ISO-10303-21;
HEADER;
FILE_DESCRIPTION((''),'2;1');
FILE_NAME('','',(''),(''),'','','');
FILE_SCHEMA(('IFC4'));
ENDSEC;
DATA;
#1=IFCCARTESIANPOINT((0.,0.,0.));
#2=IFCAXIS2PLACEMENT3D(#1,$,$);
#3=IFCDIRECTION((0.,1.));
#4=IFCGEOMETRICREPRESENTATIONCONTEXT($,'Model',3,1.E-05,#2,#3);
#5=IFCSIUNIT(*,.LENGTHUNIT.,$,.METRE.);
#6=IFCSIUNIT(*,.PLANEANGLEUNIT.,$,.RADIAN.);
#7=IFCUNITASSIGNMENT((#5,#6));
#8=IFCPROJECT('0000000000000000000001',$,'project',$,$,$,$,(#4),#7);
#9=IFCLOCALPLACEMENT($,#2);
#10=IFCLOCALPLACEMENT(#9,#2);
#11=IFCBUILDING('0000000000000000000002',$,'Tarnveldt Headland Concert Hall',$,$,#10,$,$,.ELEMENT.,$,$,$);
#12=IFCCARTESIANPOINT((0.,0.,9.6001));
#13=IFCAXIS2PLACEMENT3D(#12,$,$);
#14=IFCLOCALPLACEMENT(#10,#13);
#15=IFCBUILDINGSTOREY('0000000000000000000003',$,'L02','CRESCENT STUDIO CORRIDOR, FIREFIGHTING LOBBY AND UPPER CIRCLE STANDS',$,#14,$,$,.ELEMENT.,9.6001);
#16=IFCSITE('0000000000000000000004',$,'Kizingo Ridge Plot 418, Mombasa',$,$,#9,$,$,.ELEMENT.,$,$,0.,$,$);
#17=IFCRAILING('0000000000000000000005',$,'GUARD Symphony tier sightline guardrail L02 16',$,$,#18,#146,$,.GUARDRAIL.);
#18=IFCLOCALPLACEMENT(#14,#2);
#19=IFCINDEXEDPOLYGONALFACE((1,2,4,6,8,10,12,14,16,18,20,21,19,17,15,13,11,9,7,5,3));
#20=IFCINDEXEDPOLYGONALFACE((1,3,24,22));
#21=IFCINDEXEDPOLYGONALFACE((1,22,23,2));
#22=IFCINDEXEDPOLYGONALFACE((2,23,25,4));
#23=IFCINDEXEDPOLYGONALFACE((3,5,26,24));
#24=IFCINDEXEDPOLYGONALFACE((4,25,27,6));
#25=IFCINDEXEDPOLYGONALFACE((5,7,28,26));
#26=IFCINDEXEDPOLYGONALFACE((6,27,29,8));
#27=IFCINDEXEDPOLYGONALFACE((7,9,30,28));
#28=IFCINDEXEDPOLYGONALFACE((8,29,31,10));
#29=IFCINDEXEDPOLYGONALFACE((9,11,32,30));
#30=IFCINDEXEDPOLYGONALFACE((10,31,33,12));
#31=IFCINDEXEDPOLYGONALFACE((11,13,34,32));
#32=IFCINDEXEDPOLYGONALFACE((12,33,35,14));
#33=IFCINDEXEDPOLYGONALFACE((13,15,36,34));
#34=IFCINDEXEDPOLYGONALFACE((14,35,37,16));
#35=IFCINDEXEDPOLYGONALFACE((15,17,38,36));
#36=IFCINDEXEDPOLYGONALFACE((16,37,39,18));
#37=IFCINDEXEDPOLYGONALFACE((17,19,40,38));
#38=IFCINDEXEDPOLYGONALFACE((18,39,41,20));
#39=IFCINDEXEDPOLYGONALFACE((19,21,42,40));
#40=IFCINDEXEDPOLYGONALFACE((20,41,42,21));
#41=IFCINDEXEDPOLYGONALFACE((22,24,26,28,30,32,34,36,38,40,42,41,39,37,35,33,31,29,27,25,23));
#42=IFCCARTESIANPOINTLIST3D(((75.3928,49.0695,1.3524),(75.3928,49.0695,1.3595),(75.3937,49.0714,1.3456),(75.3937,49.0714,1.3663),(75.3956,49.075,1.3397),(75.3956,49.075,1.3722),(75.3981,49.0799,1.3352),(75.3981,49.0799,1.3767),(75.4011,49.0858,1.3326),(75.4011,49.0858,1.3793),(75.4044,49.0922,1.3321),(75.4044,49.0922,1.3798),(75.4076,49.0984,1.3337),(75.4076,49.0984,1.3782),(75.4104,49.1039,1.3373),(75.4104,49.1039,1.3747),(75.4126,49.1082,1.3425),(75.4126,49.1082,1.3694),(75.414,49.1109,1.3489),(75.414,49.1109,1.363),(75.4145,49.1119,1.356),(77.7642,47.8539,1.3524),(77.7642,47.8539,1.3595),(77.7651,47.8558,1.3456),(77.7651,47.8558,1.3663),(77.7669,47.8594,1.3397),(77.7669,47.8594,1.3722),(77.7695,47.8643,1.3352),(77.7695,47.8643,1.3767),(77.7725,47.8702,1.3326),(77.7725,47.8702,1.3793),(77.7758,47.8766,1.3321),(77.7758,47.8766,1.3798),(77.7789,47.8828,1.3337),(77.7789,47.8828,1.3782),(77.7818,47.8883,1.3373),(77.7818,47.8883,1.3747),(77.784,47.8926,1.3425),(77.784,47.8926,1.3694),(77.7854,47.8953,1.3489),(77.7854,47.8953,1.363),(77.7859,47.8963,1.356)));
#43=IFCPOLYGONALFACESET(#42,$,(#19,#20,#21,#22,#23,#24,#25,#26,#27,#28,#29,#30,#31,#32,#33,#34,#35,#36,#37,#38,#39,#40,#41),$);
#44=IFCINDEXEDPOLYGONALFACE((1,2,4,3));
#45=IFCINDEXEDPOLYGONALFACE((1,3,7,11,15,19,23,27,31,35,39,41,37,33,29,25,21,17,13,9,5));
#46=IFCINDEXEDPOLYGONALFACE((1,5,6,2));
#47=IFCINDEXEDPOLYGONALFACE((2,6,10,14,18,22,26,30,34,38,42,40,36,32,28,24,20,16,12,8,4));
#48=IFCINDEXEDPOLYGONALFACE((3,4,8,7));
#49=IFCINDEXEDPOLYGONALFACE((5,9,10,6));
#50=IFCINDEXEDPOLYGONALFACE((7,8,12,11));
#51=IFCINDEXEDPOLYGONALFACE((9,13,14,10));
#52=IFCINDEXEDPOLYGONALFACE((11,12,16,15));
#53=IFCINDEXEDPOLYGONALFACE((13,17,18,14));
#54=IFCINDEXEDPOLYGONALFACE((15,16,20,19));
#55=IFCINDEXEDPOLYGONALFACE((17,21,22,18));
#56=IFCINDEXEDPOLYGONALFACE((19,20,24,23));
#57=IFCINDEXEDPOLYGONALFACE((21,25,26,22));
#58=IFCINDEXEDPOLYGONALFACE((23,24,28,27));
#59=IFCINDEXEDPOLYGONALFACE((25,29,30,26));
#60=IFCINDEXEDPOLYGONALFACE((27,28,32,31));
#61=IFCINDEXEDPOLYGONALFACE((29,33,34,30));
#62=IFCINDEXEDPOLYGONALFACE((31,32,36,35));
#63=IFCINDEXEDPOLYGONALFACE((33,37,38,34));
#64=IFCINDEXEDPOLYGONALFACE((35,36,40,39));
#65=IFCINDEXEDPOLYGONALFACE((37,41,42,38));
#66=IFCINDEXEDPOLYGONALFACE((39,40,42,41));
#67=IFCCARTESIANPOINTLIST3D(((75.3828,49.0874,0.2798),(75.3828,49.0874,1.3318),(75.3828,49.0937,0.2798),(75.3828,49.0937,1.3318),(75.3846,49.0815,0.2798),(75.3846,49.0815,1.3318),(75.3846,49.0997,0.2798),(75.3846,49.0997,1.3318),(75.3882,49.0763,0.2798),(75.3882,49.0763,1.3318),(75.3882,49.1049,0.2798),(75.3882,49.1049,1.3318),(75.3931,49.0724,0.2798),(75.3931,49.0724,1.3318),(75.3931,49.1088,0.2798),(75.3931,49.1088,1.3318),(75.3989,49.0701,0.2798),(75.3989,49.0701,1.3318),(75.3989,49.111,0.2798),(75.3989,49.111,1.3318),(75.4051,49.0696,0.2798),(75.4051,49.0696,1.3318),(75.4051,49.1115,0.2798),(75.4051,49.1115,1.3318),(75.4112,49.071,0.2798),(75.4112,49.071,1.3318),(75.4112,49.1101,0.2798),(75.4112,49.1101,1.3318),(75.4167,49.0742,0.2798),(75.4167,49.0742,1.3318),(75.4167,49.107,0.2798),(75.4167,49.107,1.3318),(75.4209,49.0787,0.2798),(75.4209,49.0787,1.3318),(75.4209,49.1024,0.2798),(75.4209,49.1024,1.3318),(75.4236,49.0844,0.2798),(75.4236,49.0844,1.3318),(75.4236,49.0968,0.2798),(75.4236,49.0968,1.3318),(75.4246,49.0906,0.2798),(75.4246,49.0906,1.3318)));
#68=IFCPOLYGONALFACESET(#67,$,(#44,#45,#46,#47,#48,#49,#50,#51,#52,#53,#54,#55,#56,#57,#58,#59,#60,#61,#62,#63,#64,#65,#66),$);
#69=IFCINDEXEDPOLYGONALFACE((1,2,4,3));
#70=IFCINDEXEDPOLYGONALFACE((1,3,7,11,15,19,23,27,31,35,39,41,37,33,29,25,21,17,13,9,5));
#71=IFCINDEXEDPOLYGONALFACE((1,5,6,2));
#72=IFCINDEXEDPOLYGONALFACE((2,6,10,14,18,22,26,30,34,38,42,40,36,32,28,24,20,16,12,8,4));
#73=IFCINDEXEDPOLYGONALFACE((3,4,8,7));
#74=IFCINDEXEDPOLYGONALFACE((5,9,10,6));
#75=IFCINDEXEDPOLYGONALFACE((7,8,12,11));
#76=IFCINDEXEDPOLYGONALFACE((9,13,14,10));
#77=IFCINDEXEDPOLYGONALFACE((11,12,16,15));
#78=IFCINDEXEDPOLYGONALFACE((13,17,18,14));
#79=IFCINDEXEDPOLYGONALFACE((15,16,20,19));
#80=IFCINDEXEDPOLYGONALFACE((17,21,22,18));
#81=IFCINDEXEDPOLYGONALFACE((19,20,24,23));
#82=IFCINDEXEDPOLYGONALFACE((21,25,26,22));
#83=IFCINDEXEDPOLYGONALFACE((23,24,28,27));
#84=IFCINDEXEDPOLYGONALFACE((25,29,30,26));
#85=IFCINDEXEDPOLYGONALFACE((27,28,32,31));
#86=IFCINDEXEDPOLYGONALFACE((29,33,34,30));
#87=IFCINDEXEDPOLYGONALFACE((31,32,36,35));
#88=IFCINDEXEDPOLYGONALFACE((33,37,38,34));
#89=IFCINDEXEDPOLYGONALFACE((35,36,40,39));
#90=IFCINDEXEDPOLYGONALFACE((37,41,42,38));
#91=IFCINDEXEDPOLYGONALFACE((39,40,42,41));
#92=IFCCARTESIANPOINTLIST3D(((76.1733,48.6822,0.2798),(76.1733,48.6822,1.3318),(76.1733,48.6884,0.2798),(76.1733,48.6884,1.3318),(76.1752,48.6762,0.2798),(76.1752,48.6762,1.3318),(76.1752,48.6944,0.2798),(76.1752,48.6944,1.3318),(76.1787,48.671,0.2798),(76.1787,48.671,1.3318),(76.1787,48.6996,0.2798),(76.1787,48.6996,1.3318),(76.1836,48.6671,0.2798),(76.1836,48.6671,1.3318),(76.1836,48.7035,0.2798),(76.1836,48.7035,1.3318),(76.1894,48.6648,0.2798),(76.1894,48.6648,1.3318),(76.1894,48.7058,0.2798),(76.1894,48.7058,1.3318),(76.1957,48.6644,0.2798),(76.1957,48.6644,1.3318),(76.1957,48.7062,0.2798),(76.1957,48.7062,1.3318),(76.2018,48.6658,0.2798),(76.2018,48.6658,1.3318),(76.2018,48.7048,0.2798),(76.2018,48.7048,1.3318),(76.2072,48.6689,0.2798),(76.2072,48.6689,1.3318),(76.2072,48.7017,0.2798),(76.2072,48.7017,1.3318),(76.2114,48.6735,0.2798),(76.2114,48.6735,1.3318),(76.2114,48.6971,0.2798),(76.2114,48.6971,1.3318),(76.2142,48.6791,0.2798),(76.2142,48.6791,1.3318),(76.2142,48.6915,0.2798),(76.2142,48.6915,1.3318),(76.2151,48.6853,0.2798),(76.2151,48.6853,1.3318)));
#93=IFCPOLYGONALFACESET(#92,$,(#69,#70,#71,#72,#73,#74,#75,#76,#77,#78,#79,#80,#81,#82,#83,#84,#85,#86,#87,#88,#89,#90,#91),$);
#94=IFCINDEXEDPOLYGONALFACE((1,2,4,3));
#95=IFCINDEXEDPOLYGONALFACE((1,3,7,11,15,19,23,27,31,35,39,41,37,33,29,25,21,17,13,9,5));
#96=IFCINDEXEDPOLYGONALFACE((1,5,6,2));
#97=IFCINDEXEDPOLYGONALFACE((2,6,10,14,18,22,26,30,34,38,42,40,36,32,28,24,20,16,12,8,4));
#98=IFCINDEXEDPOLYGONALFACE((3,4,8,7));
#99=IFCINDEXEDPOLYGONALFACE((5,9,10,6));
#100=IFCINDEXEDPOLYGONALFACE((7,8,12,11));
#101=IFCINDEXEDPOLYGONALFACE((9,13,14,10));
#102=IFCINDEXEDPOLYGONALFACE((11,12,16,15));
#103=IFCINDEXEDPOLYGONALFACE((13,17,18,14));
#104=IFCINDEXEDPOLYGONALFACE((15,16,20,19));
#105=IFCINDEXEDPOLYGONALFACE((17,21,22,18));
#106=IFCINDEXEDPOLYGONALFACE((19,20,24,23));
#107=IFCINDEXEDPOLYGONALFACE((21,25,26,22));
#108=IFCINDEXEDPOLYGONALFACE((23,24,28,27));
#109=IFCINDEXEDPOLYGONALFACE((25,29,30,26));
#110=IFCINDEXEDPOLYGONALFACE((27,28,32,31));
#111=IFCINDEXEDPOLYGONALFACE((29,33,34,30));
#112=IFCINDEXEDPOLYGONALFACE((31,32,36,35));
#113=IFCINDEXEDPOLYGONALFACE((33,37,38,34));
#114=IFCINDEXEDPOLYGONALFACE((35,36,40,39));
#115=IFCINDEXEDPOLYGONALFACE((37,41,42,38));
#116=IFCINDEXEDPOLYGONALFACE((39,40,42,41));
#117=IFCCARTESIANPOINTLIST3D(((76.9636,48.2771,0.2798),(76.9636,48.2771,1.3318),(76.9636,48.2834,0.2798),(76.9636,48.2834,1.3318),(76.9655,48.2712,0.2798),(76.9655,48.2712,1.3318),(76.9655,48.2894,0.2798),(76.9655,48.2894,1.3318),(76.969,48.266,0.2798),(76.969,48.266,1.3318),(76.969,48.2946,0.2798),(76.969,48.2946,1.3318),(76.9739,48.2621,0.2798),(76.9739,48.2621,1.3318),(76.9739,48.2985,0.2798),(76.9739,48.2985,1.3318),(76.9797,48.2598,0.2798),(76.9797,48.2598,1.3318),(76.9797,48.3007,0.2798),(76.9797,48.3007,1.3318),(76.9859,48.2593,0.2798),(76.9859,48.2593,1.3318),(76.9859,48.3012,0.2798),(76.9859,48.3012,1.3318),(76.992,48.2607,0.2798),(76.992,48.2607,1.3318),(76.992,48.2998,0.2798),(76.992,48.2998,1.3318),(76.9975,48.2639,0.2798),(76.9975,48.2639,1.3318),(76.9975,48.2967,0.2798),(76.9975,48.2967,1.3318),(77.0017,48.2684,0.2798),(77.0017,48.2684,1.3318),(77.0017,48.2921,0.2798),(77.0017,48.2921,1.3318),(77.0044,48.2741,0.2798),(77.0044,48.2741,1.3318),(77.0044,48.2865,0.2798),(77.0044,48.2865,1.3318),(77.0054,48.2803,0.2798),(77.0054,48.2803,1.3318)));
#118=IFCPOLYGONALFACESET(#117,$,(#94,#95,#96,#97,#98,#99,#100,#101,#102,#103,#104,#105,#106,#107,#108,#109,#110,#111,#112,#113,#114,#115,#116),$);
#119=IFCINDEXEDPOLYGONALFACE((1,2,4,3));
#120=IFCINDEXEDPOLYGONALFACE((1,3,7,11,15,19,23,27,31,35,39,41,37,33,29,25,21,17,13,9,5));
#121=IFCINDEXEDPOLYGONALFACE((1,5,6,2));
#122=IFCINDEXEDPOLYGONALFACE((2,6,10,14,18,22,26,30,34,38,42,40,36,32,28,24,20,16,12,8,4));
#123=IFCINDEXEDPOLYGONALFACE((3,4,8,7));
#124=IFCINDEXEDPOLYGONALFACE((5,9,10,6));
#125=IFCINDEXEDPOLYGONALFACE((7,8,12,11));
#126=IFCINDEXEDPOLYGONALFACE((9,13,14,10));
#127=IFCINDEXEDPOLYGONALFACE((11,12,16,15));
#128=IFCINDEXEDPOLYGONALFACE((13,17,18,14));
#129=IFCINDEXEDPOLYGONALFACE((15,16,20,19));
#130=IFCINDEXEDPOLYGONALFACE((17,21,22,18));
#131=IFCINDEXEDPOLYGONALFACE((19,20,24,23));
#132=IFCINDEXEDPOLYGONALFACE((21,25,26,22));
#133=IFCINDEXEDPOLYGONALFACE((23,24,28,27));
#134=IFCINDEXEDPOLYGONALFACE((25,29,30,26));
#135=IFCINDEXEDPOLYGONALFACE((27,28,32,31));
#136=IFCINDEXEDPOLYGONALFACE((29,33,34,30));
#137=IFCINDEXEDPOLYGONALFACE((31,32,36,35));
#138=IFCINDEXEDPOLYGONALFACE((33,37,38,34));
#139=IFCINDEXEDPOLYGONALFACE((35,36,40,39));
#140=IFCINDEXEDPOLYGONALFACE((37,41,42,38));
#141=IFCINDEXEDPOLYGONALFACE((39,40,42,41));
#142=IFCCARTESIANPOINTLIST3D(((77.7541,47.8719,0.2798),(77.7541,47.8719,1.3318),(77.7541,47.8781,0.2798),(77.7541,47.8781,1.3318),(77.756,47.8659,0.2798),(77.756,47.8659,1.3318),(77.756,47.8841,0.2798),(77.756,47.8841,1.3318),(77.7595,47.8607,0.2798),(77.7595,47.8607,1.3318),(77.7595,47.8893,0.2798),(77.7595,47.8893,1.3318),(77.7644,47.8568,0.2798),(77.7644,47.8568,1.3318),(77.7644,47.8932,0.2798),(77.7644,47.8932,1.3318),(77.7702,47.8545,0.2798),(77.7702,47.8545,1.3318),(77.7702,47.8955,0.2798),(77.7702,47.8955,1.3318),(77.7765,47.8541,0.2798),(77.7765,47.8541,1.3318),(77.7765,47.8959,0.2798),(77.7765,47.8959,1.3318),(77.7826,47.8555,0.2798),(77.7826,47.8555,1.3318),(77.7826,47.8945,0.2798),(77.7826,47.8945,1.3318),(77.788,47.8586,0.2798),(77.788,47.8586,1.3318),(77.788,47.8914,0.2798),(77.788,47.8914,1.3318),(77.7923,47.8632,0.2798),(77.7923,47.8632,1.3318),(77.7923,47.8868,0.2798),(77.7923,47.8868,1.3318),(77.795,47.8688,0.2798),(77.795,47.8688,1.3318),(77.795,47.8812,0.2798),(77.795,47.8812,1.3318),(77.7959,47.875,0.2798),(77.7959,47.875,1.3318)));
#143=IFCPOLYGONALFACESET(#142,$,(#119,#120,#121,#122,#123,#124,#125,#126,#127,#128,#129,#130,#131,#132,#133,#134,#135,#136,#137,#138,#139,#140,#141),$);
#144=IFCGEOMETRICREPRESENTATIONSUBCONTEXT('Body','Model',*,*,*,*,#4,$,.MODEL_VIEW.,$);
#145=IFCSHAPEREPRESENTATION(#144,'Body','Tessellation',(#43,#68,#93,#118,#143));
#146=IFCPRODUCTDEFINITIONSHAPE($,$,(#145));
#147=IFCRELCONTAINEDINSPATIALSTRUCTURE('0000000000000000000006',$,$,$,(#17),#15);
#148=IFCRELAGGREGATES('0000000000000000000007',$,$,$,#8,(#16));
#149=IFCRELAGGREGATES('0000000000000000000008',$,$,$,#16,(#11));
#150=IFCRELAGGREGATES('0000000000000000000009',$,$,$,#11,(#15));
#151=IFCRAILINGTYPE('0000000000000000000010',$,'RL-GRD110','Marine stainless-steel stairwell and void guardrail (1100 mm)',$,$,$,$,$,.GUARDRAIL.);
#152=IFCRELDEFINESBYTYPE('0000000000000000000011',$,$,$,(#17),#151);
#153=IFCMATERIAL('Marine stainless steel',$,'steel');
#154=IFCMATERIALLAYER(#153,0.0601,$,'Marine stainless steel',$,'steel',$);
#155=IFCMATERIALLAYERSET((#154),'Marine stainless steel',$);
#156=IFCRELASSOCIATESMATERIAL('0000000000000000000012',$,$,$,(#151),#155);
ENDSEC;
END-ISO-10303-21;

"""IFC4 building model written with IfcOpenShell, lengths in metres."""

from ifc_helpers import new_model, si_unit, direction, frame, origin, origin_2d, place, context, subcontext, project, spatial, circle, extrude, material, layer, layer_set, type_object, element, save


model = new_model("IFC4")

# Units and contexts
model_context = context("Model", 3, precision=1e-05, world=origin(), true_north=direction((0.0, 1.0)))
body_context = subcontext(model_context, "Body", "Model", "MODEL_VIEW")
ifc_project = project(units=[si_unit("LENGTHUNIT", "METRE"), si_unit("PLANEANGLEUNIT", "RADIAN")], contexts=[model_context])

# Site, building, storey
site_placement = place(None, origin())
site = spatial("IfcSite", under=ifc_project, at=site_placement, Name="Kizingo Ridge Plot 418, Mombasa", CompositionType="ELEMENT", RefElevation=0.0)
building_placement = place(site_placement, origin())
building = spatial("IfcBuilding", under=site, at=building_placement, Name="Tarnveldt Headland Concert Hall", CompositionType="ELEMENT")
storey_placement = place(building_placement, frame((0.0, 0.0, 9.6001)))
storey = spatial("IfcBuildingStorey", under=building, at=storey_placement, Name="L02", Description="CRESCENT STUDIO CORRIDOR, FIREFIGHTING LOBBY AND UPPER CIRCLE STANDS", CompositionType="ELEMENT", Elevation=9.6001)

# Railing
ifc_material_1 = material(Name="Marine stainless steel", Category="steel")
ifc_layer_1 = layer(ifc_material_1, 0.0601, Name="Marine stainless steel", Category="steel")
ifc_layer_set_1 = layer_set([ifc_layer_1], Name="Marine stainless steel")
railing_type = type_object("IfcRailingType", Name="RL-GRD110", Description="Marine stainless-steel stairwell and void guardrail (1100 mm)", PredefinedType="GUARDRAIL", material=ifc_layer_set_1)
railing_1_placement = place(storey_placement, frame((75.4036, 49.0906, 0.2798)))
element("IfcRailing", 1, at=railing_1_placement, inside=storey, type_object=railing_type, Name="GUARD Symphony tier sightline guardrail L02 16", PredefinedType="GUARDRAIL", context=body_context, shape_type="SweptSolid", body=[
    extrude(circle(Radius=0.0239, at=origin_2d()), frame((0.0, 0.0, 1.0762), z_axis=(0.889893, -0.45617, 0.0), x_axis=(0.45617, 0.889893, 0.0)), (0.0, 0.0, 1.0), 2.6648),
    extrude(circle(Radius=0.021, at=origin_2d()), origin(), (0.0, 0.0, 1.0), 1.052),
    extrude(circle(Radius=0.021, at=origin_2d()), frame((0.7905, -0.4053, 0.0)), (0.0, 0.0, 1.0), 1.052),
    extrude(circle(Radius=0.021, at=origin_2d()), frame((1.5808, -0.8103, 0.0)), (0.0, 0.0, 1.0), 1.052),
    extrude(circle(Radius=0.021, at=origin_2d()), frame((2.3713, -1.2156, 0.0)), (0.0, 0.0, 1.0), 1.052),
])

save(model, "model.ifc")
